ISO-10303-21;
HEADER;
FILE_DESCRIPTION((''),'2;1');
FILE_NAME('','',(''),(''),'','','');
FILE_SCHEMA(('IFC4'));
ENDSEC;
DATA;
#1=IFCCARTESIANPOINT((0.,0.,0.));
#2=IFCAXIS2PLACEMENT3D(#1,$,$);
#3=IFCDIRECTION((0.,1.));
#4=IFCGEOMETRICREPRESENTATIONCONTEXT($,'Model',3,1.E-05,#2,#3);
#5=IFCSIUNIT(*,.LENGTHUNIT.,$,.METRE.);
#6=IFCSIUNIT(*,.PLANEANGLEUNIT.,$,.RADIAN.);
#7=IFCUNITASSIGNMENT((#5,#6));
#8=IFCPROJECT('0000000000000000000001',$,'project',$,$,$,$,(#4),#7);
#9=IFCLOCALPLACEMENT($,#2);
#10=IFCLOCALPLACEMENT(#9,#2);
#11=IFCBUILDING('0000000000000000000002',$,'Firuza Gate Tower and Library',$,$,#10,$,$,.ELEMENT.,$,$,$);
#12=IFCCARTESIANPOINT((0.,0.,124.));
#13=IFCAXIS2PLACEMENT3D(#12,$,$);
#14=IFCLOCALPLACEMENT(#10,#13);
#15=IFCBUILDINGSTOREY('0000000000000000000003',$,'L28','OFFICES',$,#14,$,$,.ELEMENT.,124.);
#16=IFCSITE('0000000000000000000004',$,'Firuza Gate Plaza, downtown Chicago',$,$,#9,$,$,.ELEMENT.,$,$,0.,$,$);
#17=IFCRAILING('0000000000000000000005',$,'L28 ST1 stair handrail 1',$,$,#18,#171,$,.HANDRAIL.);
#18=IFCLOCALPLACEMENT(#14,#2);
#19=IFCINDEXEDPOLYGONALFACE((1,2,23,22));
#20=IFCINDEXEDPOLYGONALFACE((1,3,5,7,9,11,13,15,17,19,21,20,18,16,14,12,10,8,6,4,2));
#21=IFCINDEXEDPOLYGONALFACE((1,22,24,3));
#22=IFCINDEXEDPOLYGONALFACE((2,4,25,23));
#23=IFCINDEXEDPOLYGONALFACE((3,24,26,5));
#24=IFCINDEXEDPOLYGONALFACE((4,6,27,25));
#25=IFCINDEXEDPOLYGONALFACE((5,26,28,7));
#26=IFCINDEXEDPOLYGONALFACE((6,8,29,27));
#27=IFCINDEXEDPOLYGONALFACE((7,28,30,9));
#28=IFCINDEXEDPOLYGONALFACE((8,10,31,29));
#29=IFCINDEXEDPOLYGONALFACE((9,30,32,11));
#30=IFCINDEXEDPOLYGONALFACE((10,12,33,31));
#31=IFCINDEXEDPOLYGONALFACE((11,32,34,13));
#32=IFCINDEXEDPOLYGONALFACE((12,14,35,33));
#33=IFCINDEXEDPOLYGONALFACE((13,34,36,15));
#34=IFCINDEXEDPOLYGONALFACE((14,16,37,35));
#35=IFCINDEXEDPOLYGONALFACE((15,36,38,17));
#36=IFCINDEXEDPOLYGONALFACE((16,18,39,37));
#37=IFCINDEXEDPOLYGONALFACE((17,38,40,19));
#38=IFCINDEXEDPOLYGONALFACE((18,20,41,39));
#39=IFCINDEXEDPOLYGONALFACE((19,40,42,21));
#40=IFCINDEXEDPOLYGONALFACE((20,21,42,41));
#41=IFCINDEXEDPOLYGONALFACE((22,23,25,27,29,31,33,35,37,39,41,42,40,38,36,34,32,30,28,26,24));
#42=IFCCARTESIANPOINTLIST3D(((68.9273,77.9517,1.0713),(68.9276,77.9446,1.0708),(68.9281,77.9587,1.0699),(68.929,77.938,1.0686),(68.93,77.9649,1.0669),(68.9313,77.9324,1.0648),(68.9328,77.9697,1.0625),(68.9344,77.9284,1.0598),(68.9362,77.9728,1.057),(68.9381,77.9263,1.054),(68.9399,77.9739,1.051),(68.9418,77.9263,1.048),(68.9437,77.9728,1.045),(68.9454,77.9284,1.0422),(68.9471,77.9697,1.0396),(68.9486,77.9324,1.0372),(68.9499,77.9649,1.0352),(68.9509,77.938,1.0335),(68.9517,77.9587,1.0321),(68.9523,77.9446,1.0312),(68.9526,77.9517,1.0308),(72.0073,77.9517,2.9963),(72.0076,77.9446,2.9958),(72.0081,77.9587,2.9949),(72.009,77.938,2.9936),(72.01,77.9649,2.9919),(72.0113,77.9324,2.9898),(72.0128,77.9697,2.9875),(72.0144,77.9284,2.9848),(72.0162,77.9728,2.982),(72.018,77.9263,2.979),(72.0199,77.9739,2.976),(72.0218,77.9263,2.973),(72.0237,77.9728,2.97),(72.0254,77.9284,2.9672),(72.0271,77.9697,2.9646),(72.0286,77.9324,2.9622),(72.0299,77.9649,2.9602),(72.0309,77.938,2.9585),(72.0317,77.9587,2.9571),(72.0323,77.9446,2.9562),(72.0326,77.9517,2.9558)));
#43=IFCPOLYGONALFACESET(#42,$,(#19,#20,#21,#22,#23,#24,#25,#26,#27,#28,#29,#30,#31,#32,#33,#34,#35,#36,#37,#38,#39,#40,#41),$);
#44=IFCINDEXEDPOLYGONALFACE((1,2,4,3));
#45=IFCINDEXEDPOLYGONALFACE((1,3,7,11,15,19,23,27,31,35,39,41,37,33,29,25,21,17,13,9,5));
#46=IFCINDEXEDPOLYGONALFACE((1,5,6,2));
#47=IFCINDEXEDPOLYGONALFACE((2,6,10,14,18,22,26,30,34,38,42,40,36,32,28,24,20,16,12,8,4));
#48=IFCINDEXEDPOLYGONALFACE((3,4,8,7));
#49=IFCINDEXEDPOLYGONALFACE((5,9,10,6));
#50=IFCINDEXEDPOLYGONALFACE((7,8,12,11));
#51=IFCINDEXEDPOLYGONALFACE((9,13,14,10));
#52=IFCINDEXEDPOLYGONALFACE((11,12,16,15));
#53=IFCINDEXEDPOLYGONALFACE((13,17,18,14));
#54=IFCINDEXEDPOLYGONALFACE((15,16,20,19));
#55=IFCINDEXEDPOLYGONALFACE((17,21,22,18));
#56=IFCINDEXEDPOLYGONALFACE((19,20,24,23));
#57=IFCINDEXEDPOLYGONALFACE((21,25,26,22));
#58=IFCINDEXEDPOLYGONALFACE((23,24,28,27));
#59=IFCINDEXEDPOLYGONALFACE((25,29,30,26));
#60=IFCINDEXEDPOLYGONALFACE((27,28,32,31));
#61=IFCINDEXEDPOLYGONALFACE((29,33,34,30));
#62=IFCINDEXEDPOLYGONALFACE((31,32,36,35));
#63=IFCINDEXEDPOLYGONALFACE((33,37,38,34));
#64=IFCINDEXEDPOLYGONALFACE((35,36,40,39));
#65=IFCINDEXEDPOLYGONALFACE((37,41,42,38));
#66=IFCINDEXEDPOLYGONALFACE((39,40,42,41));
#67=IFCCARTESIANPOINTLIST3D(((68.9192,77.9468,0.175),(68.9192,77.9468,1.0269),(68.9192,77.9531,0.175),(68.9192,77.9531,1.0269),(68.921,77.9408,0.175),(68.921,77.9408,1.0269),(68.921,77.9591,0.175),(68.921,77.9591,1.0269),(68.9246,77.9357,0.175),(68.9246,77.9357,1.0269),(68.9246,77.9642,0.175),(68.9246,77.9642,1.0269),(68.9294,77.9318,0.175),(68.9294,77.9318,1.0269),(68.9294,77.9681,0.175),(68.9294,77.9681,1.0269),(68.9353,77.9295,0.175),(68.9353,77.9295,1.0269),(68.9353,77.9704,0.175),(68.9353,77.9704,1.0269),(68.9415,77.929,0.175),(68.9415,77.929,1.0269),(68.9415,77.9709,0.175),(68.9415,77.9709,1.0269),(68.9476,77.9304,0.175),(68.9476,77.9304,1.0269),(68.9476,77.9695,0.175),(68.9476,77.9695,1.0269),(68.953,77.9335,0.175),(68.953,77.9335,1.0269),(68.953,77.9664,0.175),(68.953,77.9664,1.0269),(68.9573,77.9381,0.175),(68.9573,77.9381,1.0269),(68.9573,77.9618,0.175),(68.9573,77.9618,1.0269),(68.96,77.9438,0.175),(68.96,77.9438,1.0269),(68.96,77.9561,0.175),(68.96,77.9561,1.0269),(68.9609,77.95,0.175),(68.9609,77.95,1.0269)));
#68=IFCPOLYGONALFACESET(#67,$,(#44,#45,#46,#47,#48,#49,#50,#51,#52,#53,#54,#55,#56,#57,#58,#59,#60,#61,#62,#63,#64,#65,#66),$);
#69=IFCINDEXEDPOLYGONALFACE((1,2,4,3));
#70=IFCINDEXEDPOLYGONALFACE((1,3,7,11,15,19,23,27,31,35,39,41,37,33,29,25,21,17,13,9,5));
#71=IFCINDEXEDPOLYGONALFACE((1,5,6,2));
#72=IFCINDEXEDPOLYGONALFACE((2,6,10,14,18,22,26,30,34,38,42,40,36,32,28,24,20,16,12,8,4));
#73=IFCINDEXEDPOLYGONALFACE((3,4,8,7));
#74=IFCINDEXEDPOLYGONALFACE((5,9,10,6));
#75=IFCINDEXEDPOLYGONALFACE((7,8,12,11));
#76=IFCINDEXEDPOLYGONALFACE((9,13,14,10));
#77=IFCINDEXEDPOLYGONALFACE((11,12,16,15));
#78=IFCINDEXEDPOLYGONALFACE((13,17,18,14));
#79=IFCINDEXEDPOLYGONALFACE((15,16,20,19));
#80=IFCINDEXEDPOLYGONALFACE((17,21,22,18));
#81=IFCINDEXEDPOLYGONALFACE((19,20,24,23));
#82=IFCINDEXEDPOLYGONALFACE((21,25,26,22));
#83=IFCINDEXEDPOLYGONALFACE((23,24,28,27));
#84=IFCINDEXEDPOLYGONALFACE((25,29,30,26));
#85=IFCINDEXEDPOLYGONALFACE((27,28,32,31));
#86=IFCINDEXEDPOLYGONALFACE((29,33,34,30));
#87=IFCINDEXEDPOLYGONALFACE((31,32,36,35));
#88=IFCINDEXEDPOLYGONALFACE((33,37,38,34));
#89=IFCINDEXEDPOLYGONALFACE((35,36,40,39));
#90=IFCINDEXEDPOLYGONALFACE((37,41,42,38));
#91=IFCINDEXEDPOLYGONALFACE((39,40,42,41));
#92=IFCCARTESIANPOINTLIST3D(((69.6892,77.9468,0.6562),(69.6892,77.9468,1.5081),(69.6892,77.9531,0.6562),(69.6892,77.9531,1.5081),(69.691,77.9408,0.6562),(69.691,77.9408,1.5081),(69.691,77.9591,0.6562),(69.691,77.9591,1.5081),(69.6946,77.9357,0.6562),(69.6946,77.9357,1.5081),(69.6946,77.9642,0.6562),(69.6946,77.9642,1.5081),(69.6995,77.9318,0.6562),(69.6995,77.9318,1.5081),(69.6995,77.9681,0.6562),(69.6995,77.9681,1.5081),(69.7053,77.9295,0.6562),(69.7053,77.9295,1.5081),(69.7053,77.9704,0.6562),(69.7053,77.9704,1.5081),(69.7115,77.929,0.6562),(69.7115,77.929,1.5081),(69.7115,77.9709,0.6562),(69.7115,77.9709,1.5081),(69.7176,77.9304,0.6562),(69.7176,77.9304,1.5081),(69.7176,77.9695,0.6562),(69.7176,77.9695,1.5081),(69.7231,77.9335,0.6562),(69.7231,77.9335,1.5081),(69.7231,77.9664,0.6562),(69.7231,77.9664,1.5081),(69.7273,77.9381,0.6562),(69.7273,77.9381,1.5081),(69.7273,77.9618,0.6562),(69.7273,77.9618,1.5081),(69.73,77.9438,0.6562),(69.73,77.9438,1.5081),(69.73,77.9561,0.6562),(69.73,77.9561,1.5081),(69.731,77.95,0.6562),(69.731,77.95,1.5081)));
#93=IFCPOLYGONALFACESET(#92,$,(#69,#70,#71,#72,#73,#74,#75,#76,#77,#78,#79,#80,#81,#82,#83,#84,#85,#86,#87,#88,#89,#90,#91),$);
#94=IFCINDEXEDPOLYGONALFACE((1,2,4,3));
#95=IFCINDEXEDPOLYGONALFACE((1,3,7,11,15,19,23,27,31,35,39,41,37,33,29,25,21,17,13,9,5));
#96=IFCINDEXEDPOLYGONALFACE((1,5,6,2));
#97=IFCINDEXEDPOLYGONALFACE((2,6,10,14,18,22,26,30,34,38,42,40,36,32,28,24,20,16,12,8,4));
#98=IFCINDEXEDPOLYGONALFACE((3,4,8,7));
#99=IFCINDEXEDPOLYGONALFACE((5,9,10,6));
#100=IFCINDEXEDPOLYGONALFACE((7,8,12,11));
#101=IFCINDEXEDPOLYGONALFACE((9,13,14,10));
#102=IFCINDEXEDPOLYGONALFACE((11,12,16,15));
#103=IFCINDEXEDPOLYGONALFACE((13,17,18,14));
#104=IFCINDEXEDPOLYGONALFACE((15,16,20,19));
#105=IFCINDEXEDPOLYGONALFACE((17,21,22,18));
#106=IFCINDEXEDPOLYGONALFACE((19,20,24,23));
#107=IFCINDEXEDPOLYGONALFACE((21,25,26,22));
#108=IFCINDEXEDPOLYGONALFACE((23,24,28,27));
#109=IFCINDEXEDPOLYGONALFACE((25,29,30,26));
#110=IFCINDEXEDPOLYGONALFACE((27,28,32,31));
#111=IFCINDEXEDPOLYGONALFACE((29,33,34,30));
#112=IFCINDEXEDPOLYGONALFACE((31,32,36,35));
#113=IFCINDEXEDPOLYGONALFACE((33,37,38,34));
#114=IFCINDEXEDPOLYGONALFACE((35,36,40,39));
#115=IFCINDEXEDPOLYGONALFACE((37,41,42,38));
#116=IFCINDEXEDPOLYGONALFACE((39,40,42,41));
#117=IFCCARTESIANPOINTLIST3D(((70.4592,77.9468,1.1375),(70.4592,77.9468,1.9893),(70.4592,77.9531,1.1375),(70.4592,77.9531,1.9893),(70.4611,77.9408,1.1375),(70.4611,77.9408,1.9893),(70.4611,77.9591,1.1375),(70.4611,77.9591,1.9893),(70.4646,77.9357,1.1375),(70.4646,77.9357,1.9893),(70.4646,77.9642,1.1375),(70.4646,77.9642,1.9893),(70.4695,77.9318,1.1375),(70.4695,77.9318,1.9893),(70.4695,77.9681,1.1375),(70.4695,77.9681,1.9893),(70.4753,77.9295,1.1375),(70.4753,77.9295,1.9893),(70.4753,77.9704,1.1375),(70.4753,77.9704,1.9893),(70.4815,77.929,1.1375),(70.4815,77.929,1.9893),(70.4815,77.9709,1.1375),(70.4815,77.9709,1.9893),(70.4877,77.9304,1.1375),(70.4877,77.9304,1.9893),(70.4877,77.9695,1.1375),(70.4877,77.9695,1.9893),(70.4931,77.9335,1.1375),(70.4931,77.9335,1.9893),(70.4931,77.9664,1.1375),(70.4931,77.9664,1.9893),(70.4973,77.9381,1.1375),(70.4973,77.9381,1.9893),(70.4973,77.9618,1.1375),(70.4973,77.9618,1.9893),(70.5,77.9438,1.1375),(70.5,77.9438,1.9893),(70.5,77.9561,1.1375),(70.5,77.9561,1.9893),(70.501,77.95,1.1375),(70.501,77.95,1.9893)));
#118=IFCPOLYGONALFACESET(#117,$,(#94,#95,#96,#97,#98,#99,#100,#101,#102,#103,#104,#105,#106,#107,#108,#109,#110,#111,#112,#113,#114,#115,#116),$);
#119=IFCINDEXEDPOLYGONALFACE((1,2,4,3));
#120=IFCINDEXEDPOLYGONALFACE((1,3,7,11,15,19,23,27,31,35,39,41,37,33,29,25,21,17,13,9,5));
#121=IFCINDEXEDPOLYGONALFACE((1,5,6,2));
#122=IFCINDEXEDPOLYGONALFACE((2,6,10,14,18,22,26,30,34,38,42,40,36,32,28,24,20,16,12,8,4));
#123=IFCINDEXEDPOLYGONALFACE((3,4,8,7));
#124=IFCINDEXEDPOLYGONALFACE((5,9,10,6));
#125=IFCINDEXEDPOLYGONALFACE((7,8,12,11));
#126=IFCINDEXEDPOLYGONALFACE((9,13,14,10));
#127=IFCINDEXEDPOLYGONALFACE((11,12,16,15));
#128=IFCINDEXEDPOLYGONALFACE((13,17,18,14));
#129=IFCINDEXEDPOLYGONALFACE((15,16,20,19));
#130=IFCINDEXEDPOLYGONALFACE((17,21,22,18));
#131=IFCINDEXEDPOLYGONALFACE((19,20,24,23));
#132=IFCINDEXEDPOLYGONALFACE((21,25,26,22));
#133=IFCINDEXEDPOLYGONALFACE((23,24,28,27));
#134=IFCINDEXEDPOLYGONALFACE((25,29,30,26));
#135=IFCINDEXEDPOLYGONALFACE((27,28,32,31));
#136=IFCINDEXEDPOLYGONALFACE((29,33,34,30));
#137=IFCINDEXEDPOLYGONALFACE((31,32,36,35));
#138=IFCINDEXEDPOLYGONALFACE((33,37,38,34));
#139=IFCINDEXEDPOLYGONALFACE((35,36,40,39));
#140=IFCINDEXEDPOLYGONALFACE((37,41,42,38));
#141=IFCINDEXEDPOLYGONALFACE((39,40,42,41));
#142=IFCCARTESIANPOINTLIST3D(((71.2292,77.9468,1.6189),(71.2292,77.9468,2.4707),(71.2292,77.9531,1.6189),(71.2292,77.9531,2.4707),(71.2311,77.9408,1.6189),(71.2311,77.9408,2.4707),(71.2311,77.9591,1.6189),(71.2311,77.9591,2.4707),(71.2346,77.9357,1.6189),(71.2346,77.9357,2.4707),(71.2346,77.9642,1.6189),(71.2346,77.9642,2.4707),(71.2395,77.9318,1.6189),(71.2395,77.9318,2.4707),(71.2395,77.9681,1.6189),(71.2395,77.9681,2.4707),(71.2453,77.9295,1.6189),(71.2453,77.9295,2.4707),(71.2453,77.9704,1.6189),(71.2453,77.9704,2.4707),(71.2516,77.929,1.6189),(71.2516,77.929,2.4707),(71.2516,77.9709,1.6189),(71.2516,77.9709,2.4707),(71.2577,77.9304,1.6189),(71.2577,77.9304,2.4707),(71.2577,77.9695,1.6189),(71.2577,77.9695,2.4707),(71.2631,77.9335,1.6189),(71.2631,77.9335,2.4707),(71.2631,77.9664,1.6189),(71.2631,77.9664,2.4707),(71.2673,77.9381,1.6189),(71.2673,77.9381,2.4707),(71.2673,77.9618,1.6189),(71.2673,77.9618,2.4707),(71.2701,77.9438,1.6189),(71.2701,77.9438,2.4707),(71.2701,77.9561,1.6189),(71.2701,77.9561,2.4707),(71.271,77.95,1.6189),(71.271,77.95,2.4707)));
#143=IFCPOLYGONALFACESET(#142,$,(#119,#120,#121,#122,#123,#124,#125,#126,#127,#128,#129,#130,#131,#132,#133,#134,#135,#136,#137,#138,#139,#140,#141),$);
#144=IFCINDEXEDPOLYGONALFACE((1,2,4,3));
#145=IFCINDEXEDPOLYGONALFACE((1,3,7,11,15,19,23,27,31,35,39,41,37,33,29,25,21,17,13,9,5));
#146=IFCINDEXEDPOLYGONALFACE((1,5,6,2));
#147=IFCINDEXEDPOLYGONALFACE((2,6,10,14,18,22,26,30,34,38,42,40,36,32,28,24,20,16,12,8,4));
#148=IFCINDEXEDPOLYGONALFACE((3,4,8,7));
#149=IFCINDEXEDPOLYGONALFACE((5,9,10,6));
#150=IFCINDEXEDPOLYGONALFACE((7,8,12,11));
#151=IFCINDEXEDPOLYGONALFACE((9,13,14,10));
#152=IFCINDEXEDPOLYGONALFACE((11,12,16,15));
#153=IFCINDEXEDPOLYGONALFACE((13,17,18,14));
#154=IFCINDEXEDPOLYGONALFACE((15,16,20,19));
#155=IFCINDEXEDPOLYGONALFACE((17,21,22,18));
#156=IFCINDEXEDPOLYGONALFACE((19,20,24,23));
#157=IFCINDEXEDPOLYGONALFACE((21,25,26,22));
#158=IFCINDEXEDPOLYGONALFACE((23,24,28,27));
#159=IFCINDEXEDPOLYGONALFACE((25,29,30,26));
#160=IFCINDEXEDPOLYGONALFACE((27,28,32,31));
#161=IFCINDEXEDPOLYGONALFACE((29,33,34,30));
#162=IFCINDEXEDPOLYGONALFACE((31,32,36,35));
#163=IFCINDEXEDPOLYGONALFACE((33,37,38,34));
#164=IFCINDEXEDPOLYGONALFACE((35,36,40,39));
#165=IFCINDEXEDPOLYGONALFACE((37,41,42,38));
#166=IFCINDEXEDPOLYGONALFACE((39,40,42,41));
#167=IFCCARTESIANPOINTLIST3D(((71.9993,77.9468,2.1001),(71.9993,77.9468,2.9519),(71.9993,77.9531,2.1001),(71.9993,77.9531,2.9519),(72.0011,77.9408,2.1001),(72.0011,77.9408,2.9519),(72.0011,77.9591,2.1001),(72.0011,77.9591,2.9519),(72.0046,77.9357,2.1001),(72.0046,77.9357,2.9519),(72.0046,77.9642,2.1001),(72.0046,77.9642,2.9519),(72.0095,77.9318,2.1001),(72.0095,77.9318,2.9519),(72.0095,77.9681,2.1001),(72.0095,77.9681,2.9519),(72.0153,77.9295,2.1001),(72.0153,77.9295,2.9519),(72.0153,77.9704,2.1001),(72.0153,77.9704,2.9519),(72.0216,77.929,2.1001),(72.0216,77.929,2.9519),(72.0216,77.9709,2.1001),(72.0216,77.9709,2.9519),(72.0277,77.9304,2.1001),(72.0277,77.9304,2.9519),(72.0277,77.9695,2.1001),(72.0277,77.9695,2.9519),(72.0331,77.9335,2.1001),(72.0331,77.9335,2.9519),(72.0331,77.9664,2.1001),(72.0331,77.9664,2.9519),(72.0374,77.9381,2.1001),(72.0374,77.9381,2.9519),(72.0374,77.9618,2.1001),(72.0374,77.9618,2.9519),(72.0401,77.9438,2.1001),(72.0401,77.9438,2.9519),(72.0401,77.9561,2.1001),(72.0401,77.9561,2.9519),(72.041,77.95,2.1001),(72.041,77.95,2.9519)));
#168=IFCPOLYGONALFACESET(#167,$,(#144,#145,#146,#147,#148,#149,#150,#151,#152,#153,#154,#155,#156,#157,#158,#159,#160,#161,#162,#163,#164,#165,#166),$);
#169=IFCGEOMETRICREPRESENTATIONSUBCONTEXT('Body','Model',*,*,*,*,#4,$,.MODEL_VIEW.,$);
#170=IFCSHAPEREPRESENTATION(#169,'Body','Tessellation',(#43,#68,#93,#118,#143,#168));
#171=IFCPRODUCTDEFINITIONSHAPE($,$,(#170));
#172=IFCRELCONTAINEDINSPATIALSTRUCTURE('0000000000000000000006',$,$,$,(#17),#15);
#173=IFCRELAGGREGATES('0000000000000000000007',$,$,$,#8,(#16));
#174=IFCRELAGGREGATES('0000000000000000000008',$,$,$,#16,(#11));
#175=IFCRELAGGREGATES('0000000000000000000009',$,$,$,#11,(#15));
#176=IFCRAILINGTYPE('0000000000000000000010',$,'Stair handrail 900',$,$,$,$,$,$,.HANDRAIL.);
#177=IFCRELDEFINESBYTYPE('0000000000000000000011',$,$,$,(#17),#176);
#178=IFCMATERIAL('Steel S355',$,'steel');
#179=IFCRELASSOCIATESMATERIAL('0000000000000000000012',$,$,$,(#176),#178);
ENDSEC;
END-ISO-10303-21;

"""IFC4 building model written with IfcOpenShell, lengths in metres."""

from ifc_helpers import new_model, si_unit, direction, frame, origin, origin_2d, place, context, subcontext, project, spatial, circle, extrude, material, type_object, element, save


model = new_model("IFC4")

# Units and contexts
model_context = context("Model", 3, precision=1e-05, world=origin(), true_north=direction((0.0, 1.0)))
body_context = subcontext(model_context, "Body", "Model", "MODEL_VIEW")
ifc_project = project(units=[si_unit("LENGTHUNIT", "METRE"), si_unit("PLANEANGLEUNIT", "RADIAN")], contexts=[model_context])

# Site, building, storey
site_placement = place(None, origin())
site = spatial("IfcSite", under=ifc_project, at=site_placement, Name="Firuza Gate Plaza, downtown Chicago", CompositionType="ELEMENT", RefElevation=0.0)
building_placement = place(site_placement, origin())
building = spatial("IfcBuilding", under=site, at=building_placement, Name="Firuza Gate Tower and Library", CompositionType="ELEMENT")
storey_placement = place(building_placement, frame((0.0, 0.0, 124.0)))
storey = spatial("IfcBuildingStorey", under=building, at=storey_placement, Name="L28", Description="OFFICES", CompositionType="ELEMENT", Elevation=124.0)

# Railing
ifc_material_1 = material(Name="Steel S355", Category="steel")
railing_type_1 = type_object("IfcRailingType", Name="Stair handrail 900", PredefinedType="HANDRAIL", material=ifc_material_1)
railing_1_placement = place(storey_placement, frame((68.9399, 77.95, 0.175)))
element("IfcRailing", 1, at=railing_1_placement, inside=storey, type_object=railing_type_1, Name="L28 ST1 stair handrail 1", PredefinedType="HANDRAIL", context=body_context, shape_type="SweptSolid", body=[
    extrude(circle(Radius=0.0239, at=origin_2d()), frame((0.0, 0.0, 0.876), z_axis=(0.847998, 0.0, 0.529999), x_axis=(0.0, 1.0, 0.0)), (0.0, 0.0, 1.0), 3.6321),
    extrude(circle(Radius=0.021, at=origin_2d()), origin(), (0.0, 0.0, 1.0), 0.8518),
    extrude(circle(Radius=0.021, at=origin_2d()), frame((0.77, 0.0, 0.4812)), (0.0, 0.0, 1.0), 0.8518),
    extrude(circle(Radius=0.021, at=origin_2d()), frame((1.54, 0.0, 0.9624)), (0.0, 0.0, 1.0), 0.8518),
    extrude(circle(Radius=0.021, at=origin_2d()), frame((2.3101, 0.0, 1.4438)), (0.0, 0.0, 1.0), 0.8518),
    extrude(circle(Radius=0.021, at=origin_2d()), frame((3.0801, 0.0, 1.925)), (0.0, 0.0, 1.0), 0.8518),
])

save(model, "model.ifc")
